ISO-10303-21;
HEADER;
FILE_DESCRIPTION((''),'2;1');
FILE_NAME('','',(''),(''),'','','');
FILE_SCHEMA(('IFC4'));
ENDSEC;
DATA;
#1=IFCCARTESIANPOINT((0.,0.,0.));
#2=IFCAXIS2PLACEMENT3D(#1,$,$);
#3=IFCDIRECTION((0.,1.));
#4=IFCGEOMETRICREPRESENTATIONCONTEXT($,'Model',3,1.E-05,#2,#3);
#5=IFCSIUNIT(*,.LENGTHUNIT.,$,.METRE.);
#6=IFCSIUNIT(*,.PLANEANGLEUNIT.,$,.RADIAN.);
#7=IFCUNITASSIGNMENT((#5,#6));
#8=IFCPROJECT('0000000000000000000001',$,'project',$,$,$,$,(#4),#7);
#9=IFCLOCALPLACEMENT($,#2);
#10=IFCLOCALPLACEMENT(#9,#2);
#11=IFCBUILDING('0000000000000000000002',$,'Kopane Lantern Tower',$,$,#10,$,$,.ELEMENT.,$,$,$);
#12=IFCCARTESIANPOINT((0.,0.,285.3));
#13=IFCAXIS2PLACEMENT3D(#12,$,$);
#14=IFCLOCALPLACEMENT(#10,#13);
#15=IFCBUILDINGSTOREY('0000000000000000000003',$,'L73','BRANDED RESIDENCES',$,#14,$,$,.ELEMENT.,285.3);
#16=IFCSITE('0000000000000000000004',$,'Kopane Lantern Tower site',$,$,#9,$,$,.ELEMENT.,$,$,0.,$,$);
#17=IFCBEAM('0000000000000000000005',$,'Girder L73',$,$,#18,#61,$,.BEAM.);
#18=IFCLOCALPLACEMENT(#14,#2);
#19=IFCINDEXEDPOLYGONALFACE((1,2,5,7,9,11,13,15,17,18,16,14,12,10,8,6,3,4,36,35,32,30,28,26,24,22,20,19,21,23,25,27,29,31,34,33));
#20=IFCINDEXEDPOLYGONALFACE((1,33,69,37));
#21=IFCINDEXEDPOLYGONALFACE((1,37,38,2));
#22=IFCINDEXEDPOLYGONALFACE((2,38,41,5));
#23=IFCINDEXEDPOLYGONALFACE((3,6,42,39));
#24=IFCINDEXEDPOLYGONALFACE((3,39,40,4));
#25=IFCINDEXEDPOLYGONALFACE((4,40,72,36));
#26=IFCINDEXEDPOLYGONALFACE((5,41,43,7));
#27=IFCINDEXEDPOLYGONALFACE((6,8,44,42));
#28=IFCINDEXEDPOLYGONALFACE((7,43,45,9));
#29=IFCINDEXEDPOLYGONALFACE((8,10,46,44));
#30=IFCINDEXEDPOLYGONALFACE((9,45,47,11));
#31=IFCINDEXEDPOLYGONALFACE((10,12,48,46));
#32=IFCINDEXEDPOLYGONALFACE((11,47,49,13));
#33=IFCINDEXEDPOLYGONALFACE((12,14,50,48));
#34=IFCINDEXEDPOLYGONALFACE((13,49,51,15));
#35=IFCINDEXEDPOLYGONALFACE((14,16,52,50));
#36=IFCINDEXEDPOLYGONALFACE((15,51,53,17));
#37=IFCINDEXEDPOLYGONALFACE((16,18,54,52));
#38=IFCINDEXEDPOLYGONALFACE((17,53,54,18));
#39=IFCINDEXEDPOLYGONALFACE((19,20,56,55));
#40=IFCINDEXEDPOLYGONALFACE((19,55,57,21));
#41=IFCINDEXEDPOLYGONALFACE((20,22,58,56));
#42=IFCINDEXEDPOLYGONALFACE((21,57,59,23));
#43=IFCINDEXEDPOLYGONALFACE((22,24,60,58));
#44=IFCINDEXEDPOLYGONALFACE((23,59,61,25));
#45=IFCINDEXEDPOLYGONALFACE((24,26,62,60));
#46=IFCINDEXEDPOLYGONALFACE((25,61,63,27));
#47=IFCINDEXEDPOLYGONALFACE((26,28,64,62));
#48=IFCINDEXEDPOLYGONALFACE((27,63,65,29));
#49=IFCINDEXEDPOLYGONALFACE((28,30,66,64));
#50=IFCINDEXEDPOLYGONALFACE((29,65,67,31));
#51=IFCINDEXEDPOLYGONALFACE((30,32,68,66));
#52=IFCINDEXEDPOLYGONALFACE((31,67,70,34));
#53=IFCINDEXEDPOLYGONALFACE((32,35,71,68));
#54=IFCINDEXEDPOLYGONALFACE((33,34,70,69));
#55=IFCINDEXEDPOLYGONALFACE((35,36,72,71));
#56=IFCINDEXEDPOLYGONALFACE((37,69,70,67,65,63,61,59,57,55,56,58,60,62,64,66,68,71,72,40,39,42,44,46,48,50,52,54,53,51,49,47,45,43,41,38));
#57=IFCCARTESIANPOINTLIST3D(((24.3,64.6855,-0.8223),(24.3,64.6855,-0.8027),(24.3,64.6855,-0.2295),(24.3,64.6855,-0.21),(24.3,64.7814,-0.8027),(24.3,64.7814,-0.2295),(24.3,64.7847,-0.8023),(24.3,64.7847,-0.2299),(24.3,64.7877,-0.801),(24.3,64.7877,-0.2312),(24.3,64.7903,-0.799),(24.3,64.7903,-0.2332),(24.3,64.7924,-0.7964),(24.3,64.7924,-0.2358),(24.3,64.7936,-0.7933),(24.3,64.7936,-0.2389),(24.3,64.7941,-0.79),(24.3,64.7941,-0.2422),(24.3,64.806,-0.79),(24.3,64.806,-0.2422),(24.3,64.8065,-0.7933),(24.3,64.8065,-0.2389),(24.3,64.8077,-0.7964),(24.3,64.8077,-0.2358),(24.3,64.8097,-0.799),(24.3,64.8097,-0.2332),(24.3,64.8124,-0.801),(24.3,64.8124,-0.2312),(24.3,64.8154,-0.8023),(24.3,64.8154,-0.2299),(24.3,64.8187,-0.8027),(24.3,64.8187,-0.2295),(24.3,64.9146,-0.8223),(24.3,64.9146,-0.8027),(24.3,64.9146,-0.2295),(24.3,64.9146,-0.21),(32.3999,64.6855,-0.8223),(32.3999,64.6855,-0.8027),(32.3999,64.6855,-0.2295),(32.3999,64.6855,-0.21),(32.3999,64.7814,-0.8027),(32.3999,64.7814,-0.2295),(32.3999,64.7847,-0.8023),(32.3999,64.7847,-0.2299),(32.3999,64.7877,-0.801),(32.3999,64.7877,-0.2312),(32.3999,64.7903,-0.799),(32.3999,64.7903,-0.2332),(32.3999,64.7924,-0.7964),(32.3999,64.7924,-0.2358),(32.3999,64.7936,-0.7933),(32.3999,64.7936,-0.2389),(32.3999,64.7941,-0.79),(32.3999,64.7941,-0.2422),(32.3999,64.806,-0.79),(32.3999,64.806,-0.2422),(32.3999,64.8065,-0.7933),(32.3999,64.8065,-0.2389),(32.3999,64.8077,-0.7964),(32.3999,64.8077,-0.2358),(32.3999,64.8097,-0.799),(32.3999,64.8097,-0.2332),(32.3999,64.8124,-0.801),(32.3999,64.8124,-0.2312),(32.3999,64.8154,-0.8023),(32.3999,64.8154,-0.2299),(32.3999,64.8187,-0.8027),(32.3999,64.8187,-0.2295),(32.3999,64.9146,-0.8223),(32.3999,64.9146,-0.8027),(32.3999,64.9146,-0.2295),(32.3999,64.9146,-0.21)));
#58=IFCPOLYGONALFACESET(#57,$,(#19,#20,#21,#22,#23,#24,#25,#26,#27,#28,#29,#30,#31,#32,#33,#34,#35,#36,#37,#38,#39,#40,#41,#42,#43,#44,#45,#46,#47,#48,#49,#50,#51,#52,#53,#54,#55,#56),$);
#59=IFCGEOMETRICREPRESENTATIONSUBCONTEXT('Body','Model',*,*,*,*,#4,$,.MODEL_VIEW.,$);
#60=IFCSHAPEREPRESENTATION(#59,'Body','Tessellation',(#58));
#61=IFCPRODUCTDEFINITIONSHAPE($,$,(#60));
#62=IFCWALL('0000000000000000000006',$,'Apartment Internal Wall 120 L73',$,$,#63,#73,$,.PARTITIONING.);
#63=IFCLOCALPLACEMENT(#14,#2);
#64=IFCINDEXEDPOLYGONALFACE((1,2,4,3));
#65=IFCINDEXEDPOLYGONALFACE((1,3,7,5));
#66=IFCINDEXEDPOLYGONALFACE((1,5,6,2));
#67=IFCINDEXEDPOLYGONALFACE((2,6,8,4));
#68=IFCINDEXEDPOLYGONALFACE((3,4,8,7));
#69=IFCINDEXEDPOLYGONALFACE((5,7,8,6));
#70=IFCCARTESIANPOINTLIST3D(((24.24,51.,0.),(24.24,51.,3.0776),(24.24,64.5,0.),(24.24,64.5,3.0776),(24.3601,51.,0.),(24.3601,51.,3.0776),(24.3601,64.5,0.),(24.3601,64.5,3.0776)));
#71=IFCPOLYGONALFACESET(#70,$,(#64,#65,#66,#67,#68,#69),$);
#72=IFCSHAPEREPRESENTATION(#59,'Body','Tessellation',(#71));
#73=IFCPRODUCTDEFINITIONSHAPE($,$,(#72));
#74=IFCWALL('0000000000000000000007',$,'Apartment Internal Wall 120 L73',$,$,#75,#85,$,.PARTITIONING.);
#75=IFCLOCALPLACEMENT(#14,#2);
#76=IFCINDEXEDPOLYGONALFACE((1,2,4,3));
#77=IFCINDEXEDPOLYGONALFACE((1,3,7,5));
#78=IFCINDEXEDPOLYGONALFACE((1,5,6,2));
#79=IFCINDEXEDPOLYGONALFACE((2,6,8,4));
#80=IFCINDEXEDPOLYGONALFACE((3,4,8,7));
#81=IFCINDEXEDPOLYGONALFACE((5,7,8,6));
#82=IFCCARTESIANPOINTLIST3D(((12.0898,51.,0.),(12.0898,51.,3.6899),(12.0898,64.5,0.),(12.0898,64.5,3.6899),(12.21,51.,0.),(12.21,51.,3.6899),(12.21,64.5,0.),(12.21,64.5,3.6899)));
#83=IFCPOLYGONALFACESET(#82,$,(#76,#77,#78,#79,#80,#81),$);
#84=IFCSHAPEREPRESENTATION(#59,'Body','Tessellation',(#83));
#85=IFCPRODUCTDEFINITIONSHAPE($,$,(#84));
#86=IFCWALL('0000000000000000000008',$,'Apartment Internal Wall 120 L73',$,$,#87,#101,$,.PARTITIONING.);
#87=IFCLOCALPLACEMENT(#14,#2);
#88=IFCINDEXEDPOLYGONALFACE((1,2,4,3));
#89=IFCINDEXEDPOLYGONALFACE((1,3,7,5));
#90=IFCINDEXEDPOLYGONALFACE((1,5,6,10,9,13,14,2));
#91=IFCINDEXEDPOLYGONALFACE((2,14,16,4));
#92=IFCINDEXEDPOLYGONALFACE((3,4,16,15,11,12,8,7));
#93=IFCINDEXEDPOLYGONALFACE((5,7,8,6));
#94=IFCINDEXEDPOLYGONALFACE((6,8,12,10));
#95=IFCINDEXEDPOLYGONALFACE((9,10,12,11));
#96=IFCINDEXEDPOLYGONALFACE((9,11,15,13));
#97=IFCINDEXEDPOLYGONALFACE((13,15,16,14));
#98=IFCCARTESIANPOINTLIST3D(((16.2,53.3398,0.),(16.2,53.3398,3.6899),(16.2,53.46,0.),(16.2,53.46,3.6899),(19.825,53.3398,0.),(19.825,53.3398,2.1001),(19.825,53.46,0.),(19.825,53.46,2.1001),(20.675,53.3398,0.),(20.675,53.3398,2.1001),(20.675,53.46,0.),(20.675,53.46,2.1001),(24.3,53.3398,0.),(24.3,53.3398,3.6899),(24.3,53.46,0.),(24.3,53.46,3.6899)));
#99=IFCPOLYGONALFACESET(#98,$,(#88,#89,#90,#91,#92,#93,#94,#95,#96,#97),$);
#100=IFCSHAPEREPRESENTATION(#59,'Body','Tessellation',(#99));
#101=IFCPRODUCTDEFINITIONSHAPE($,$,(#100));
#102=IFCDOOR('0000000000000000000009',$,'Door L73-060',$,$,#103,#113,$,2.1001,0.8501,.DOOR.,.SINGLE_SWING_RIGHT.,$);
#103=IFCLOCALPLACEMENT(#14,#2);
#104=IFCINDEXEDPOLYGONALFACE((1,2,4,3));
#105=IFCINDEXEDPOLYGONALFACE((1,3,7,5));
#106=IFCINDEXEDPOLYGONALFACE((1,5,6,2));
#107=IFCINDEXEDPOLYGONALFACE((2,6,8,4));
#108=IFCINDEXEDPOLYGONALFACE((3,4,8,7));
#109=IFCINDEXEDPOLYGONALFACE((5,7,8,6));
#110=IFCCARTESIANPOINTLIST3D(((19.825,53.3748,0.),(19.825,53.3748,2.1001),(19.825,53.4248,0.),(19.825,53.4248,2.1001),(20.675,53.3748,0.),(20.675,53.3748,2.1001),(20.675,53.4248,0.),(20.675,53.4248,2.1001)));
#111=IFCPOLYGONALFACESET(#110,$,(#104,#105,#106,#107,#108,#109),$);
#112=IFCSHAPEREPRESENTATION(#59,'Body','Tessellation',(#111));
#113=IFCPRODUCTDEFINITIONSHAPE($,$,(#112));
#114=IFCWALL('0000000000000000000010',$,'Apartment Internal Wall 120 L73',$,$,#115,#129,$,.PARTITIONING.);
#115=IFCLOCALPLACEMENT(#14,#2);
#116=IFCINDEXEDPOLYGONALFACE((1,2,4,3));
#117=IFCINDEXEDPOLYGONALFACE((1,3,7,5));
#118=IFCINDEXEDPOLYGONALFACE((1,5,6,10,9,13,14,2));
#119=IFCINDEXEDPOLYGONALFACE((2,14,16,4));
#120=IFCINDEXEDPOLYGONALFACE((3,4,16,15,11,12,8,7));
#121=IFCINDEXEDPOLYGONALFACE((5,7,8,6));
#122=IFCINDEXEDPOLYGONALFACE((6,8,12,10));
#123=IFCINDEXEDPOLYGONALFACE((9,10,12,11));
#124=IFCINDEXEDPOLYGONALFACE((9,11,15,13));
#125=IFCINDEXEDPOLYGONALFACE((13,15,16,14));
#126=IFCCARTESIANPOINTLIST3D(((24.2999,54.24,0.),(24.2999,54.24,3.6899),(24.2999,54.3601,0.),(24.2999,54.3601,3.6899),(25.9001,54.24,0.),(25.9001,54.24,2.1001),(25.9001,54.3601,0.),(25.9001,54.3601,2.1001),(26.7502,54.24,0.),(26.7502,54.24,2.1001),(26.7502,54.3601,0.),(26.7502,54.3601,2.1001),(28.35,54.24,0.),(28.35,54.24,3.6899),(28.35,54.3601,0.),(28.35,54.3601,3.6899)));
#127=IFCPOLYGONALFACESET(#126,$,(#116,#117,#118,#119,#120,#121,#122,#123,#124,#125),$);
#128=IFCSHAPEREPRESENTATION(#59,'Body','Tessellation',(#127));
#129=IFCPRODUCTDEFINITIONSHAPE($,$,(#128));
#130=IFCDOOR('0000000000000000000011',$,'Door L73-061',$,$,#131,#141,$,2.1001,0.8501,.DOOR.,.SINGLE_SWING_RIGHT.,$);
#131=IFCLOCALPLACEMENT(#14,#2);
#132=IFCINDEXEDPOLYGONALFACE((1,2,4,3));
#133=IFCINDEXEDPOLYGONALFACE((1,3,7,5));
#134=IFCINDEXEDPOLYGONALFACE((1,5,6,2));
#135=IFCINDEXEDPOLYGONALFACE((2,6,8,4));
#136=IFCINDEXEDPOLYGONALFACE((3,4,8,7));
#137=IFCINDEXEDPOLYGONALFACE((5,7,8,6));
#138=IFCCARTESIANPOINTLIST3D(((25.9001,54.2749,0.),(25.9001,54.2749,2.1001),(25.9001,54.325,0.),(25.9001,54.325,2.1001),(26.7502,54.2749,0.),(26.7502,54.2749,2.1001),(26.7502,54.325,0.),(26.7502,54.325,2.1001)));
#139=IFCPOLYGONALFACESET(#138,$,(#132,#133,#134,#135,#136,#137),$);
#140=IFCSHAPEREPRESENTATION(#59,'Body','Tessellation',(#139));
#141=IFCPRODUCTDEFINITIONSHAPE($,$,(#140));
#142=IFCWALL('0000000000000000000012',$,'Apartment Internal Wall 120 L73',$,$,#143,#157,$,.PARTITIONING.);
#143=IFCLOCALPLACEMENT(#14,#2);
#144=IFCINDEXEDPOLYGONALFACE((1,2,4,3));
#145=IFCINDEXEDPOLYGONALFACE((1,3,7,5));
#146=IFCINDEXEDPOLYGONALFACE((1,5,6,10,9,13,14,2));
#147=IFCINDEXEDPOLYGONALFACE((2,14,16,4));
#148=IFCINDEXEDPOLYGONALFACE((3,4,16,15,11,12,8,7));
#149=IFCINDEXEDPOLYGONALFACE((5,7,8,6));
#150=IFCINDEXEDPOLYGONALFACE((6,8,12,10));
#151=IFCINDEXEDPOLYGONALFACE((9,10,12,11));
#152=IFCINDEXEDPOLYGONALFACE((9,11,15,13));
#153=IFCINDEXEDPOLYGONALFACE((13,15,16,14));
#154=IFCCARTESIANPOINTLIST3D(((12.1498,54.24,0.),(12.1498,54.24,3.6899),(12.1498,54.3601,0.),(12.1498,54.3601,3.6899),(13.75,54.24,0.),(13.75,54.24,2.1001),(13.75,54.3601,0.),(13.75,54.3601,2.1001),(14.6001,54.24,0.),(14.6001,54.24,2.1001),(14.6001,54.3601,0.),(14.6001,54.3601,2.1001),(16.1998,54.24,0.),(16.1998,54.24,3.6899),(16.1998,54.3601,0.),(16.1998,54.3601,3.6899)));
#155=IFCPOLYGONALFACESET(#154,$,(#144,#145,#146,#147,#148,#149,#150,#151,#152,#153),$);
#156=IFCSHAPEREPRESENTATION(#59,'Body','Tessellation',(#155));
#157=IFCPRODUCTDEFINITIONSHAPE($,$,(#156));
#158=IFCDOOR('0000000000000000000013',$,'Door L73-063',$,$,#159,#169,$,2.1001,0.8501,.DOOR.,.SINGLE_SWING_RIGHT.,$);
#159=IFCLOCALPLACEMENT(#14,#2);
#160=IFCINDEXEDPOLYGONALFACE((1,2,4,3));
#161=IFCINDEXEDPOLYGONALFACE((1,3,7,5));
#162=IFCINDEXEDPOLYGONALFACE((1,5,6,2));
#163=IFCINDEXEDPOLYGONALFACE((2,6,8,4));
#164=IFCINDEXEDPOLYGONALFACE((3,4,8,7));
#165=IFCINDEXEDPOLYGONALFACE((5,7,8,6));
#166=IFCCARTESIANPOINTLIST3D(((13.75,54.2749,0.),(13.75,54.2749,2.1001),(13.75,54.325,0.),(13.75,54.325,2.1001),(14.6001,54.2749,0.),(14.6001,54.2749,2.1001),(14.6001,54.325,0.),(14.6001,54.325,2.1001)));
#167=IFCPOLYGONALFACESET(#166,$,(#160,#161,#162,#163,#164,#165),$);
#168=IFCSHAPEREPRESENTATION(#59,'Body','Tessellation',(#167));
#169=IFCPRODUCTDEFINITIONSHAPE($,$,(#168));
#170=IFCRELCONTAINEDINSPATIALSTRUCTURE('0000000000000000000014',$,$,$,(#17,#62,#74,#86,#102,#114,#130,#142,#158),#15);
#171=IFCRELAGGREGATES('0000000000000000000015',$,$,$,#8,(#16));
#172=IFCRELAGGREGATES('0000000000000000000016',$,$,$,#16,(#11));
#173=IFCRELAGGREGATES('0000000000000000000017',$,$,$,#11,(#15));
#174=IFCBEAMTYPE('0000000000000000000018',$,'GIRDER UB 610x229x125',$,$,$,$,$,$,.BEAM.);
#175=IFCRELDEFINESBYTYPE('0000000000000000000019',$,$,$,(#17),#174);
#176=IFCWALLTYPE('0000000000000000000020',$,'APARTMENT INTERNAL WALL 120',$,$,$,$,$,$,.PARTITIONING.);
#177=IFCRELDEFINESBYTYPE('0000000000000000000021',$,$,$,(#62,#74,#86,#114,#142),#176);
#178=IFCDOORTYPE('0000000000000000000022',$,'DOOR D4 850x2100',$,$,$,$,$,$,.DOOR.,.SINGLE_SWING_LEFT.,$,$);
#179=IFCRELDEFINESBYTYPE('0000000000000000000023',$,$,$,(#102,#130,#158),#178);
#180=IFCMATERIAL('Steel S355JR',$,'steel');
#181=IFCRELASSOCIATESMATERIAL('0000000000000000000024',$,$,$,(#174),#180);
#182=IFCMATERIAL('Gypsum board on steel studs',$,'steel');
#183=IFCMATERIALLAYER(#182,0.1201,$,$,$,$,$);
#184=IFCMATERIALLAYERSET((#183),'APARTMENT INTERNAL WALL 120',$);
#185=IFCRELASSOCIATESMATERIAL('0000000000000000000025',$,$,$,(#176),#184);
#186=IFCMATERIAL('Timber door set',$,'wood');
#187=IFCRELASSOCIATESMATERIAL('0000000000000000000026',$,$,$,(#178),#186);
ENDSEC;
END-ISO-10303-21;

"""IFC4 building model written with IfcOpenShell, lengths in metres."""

from ifc_helpers import new_model, si_unit, direction, frame, frame_2d, origin, origin_2d, place, context, subcontext, project, spatial, rectangle, i_section, extrude, material, layer, layer_set, material_profile, profile_set, type_object, element, fill, save


model = new_model("IFC4")

# Units and contexts
model_context = context("Model", 3, precision=1e-05, world=origin(), true_north=direction((0.0, 1.0)))
body_context = subcontext(model_context, "Body", "Model", "MODEL_VIEW")
ifc_project = project(units=[si_unit("LENGTHUNIT", "METRE"), si_unit("PLANEANGLEUNIT", "RADIAN")], contexts=[model_context])

# Site, building, storey
site_placement = place(None, origin())
site = spatial("IfcSite", under=ifc_project, at=site_placement, Name="Kopane Lantern Tower site", CompositionType="ELEMENT", RefElevation=0.0)
building_placement = place(site_placement, origin())
building = spatial("IfcBuilding", under=site, at=building_placement, Name="Kopane Lantern Tower", CompositionType="ELEMENT")
storey_placement = place(building_placement, frame((0.0, 0.0, 285.3)))
storey = spatial("IfcBuildingStorey", under=building, at=storey_placement, Name="L73", Description="BRANDED RESIDENCES", CompositionType="ELEMENT", Elevation=285.3)

# Beam
ifc_material_1 = material(Name="Steel S355JR", Category="steel")
ifc_material_profile_1 = material_profile(ifc_material_1, i_section(OverallWidth=0.229, OverallDepth=0.6123, WebThickness=0.012, FlangeThickness=0.0195, FilletRadius=0.0127, at=origin_2d()), Name="UB 610x229x125")
ifc_profile_set_1 = profile_set([ifc_material_profile_1], Name="Steel S355JR")
beam_type = type_object("IfcBeamType", Name="GIRDER UB 610x229x125", PredefinedType="BEAM", material=ifc_profile_set_1)
for number, where, z_axis, x_axis, name in (
    (1, (24.3, 64.8, -0.5161), (1.0, 0.0, 0.0), (0.0, 1.0, 0.0), "Girder L73"),
):
    element("IfcBeam", number, at=place(storey_placement, frame(where, z_axis=z_axis, x_axis=x_axis)), inside=storey, type_object=beam_type, Name=name, PredefinedType="BEAM", context=body_context, shape_type="SweptSolid", body=[
        extrude(i_section(OverallWidth=0.229, OverallDepth=0.6123, WebThickness=0.012, FlangeThickness=0.0195, FilletRadius=0.0127, at=origin_2d()), origin(), (0.0, 0.0, 1.0), 8.0999),
    ])

# Walls
ifc_material_2 = material(Name="Gypsum board on steel studs", Category="steel")
ifc_layer_1 = layer(ifc_material_2, 0.1201)
ifc_layer_set_1 = layer_set([ifc_layer_1], Name="APARTMENT INTERNAL WALL 120")
wall_type_1 = type_object("IfcWallType", Name="APARTMENT INTERNAL WALL 120", PredefinedType="PARTITIONING", material=ifc_layer_set_1)
wall_1_placement = place(storey_placement, frame((24.3, 51.0, 0.0), z_axis=(0.0, 0.0, 1.0), x_axis=(0.0, 1.0, 0.0)))
element("IfcWall", 2, at=wall_1_placement, inside=storey, type_object=wall_type_1, Name="Apartment Internal Wall 120 L73", PredefinedType="PARTITIONING", context=body_context, shape_type="SweptSolid", body=[
    extrude(rectangle(XDim=13.5, YDim=0.1201, at=frame_2d((6.75, 0.0))), origin(), (0.0, 0.0, 1.0), 3.0776),
])
wall_2_placement = place(storey_placement, frame((12.1499, 51.0, 0.0), z_axis=(0.0, 0.0, 1.0), x_axis=(0.0, 1.0, 0.0)))
element("IfcWall", 3, at=wall_2_placement, inside=storey, type_object=wall_type_1, Name="Apartment Internal Wall 120 L73", PredefinedType="PARTITIONING", context=body_context, shape_type="SweptSolid", body=[
    extrude(rectangle(XDim=13.5, YDim=0.1201, at=frame_2d((6.75, 0.0))), origin(), (0.0, 0.0, 1.0), 3.6899),
])

# Walls, openings, doors
wall_3_placement = place(storey_placement, frame((16.2, 53.3999, 0.0), z_axis=(0.0, 0.0, 1.0), x_axis=(1.0, 0.0, 0.0)))
wall_3 = element("IfcWall", 4, at=wall_3_placement, inside=storey, type_object=wall_type_1, Name="Apartment Internal Wall 120 L73", PredefinedType="PARTITIONING", context=body_context, shape_type="SweptSolid", body=[
    extrude(rectangle(XDim=8.1001, YDim=0.1201, at=frame_2d((4.05, 0.0))), origin(), (0.0, 0.0, 1.0), 3.6899),
])
opening_1_placement = place(wall_3_placement, frame((3.625, 0.0, 0.0)))
opening_1 = element("IfcOpeningElement", 5, at=opening_1_placement, cuts=wall_3, PredefinedType="OPENING", context=body_context, shape_type="SweptSolid", body=[
    extrude(rectangle(XDim=0.8501, YDim=2.1001, at=frame_2d((0.425, 1.05))), frame((0.0, 0.0701, 0.0), z_axis=(0.0, -1.0, 0.0), x_axis=(1.0, 0.0, 0.0)), (0.0, 0.0, 1.0), 0.1401),
])
ifc_material_3 = material(Name="Timber door set", Category="wood")
door_type_1 = type_object("IfcDoorType", Name="DOOR D4 850x2100", OperationType="SINGLE_SWING_LEFT", PredefinedType="DOOR", material=ifc_material_3)
door_1_placement = place(opening_1_placement, origin())
door_1 = element("IfcDoor", 6, at=door_1_placement, inside=storey, type_object=door_type_1, Name="Door L73-060", OperationType="SINGLE_SWING_RIGHT", OverallHeight=2.1001, OverallWidth=0.8501, PredefinedType="DOOR", context=body_context, shape_type="SweptSolid", body=[
    extrude(rectangle(XDim=0.8501, YDim=2.1001, at=frame_2d((0.425, 1.05))), frame((0.0, 0.0249, 0.0), z_axis=(0.0, -1.0, 0.0), x_axis=(1.0, 0.0, 0.0)), (0.0, 0.0, 1.0), 0.05),
])
fill(opening_1, door_1)
wall_4_placement = place(storey_placement, frame((24.3, 54.3, 0.0), z_axis=(0.0, 0.0, 1.0), x_axis=(1.0, 0.0, 0.0)))
wall_4 = element("IfcWall", 7, at=wall_4_placement, inside=storey, type_object=wall_type_1, Name="Apartment Internal Wall 120 L73", PredefinedType="PARTITIONING", context=body_context, shape_type="SweptSolid", body=[
    extrude(rectangle(XDim=4.05, YDim=0.1201, at=frame_2d((2.0249, 0.0))), origin(), (0.0, 0.0, 1.0), 3.6899),
])
opening_2_placement = place(wall_4_placement, frame((1.6001, 0.0, 0.0)))
opening_2 = element("IfcOpeningElement", 8, at=opening_2_placement, cuts=wall_4, PredefinedType="OPENING", context=body_context, shape_type="SweptSolid", body=[
    extrude(rectangle(XDim=0.8501, YDim=2.1001, at=frame_2d((0.425, 1.05))), frame((0.0, 0.0701, 0.0), z_axis=(0.0, -1.0, 0.0), x_axis=(1.0, 0.0, 0.0)), (0.0, 0.0, 1.0), 0.1401),
])
door_2_placement = place(opening_2_placement, origin())
door_2 = element("IfcDoor", 9, at=door_2_placement, inside=storey, type_object=door_type_1, Name="Door L73-061", OperationType="SINGLE_SWING_RIGHT", OverallHeight=2.1001, OverallWidth=0.8501, PredefinedType="DOOR", context=body_context, shape_type="SweptSolid", body=[
    extrude(rectangle(XDim=0.8501, YDim=2.1001, at=frame_2d((0.425, 1.05))), frame((0.0, 0.0249, 0.0), z_axis=(0.0, -1.0, 0.0), x_axis=(1.0, 0.0, 0.0)), (0.0, 0.0, 1.0), 0.05),
])
fill(opening_2, door_2)
wall_5_placement = place(storey_placement, frame((12.1499, 54.3, 0.0), z_axis=(0.0, 0.0, 1.0), x_axis=(1.0, 0.0, 0.0)))
wall_5 = element("IfcWall", 10, at=wall_5_placement, inside=storey, type_object=wall_type_1, Name="Apartment Internal Wall 120 L73", PredefinedType="PARTITIONING", context=body_context, shape_type="SweptSolid", body=[
    extrude(rectangle(XDim=4.05, YDim=0.1201, at=frame_2d((2.0249, 0.0))), origin(), (0.0, 0.0, 1.0), 3.6899),
])
opening_3_placement = place(wall_5_placement, frame((1.6001, 0.0, 0.0)))
opening_3 = element("IfcOpeningElement", 11, at=opening_3_placement, cuts=wall_5, PredefinedType="OPENING", context=body_context, shape_type="SweptSolid", body=[
    extrude(rectangle(XDim=0.8501, YDim=2.1001, at=frame_2d((0.425, 1.05))), frame((0.0, 0.0701, 0.0), z_axis=(0.0, -1.0, 0.0), x_axis=(1.0, 0.0, 0.0)), (0.0, 0.0, 1.0), 0.1401),
])
door_3_placement = place(opening_3_placement, origin())
door_3 = element("IfcDoor", 12, at=door_3_placement, inside=storey, type_object=door_type_1, Name="Door L73-063", OperationType="SINGLE_SWING_RIGHT", OverallHeight=2.1001, OverallWidth=0.8501, PredefinedType="DOOR", context=body_context, shape_type="SweptSolid", body=[
    extrude(rectangle(XDim=0.8501, YDim=2.1001, at=frame_2d((0.425, 1.05))), frame((0.0, 0.0249, 0.0), z_axis=(0.0, -1.0, 0.0), x_axis=(1.0, 0.0, 0.0)), (0.0, 0.0, 1.0), 0.05),
])
fill(opening_3, door_3)

save(model, "model.ifc")
